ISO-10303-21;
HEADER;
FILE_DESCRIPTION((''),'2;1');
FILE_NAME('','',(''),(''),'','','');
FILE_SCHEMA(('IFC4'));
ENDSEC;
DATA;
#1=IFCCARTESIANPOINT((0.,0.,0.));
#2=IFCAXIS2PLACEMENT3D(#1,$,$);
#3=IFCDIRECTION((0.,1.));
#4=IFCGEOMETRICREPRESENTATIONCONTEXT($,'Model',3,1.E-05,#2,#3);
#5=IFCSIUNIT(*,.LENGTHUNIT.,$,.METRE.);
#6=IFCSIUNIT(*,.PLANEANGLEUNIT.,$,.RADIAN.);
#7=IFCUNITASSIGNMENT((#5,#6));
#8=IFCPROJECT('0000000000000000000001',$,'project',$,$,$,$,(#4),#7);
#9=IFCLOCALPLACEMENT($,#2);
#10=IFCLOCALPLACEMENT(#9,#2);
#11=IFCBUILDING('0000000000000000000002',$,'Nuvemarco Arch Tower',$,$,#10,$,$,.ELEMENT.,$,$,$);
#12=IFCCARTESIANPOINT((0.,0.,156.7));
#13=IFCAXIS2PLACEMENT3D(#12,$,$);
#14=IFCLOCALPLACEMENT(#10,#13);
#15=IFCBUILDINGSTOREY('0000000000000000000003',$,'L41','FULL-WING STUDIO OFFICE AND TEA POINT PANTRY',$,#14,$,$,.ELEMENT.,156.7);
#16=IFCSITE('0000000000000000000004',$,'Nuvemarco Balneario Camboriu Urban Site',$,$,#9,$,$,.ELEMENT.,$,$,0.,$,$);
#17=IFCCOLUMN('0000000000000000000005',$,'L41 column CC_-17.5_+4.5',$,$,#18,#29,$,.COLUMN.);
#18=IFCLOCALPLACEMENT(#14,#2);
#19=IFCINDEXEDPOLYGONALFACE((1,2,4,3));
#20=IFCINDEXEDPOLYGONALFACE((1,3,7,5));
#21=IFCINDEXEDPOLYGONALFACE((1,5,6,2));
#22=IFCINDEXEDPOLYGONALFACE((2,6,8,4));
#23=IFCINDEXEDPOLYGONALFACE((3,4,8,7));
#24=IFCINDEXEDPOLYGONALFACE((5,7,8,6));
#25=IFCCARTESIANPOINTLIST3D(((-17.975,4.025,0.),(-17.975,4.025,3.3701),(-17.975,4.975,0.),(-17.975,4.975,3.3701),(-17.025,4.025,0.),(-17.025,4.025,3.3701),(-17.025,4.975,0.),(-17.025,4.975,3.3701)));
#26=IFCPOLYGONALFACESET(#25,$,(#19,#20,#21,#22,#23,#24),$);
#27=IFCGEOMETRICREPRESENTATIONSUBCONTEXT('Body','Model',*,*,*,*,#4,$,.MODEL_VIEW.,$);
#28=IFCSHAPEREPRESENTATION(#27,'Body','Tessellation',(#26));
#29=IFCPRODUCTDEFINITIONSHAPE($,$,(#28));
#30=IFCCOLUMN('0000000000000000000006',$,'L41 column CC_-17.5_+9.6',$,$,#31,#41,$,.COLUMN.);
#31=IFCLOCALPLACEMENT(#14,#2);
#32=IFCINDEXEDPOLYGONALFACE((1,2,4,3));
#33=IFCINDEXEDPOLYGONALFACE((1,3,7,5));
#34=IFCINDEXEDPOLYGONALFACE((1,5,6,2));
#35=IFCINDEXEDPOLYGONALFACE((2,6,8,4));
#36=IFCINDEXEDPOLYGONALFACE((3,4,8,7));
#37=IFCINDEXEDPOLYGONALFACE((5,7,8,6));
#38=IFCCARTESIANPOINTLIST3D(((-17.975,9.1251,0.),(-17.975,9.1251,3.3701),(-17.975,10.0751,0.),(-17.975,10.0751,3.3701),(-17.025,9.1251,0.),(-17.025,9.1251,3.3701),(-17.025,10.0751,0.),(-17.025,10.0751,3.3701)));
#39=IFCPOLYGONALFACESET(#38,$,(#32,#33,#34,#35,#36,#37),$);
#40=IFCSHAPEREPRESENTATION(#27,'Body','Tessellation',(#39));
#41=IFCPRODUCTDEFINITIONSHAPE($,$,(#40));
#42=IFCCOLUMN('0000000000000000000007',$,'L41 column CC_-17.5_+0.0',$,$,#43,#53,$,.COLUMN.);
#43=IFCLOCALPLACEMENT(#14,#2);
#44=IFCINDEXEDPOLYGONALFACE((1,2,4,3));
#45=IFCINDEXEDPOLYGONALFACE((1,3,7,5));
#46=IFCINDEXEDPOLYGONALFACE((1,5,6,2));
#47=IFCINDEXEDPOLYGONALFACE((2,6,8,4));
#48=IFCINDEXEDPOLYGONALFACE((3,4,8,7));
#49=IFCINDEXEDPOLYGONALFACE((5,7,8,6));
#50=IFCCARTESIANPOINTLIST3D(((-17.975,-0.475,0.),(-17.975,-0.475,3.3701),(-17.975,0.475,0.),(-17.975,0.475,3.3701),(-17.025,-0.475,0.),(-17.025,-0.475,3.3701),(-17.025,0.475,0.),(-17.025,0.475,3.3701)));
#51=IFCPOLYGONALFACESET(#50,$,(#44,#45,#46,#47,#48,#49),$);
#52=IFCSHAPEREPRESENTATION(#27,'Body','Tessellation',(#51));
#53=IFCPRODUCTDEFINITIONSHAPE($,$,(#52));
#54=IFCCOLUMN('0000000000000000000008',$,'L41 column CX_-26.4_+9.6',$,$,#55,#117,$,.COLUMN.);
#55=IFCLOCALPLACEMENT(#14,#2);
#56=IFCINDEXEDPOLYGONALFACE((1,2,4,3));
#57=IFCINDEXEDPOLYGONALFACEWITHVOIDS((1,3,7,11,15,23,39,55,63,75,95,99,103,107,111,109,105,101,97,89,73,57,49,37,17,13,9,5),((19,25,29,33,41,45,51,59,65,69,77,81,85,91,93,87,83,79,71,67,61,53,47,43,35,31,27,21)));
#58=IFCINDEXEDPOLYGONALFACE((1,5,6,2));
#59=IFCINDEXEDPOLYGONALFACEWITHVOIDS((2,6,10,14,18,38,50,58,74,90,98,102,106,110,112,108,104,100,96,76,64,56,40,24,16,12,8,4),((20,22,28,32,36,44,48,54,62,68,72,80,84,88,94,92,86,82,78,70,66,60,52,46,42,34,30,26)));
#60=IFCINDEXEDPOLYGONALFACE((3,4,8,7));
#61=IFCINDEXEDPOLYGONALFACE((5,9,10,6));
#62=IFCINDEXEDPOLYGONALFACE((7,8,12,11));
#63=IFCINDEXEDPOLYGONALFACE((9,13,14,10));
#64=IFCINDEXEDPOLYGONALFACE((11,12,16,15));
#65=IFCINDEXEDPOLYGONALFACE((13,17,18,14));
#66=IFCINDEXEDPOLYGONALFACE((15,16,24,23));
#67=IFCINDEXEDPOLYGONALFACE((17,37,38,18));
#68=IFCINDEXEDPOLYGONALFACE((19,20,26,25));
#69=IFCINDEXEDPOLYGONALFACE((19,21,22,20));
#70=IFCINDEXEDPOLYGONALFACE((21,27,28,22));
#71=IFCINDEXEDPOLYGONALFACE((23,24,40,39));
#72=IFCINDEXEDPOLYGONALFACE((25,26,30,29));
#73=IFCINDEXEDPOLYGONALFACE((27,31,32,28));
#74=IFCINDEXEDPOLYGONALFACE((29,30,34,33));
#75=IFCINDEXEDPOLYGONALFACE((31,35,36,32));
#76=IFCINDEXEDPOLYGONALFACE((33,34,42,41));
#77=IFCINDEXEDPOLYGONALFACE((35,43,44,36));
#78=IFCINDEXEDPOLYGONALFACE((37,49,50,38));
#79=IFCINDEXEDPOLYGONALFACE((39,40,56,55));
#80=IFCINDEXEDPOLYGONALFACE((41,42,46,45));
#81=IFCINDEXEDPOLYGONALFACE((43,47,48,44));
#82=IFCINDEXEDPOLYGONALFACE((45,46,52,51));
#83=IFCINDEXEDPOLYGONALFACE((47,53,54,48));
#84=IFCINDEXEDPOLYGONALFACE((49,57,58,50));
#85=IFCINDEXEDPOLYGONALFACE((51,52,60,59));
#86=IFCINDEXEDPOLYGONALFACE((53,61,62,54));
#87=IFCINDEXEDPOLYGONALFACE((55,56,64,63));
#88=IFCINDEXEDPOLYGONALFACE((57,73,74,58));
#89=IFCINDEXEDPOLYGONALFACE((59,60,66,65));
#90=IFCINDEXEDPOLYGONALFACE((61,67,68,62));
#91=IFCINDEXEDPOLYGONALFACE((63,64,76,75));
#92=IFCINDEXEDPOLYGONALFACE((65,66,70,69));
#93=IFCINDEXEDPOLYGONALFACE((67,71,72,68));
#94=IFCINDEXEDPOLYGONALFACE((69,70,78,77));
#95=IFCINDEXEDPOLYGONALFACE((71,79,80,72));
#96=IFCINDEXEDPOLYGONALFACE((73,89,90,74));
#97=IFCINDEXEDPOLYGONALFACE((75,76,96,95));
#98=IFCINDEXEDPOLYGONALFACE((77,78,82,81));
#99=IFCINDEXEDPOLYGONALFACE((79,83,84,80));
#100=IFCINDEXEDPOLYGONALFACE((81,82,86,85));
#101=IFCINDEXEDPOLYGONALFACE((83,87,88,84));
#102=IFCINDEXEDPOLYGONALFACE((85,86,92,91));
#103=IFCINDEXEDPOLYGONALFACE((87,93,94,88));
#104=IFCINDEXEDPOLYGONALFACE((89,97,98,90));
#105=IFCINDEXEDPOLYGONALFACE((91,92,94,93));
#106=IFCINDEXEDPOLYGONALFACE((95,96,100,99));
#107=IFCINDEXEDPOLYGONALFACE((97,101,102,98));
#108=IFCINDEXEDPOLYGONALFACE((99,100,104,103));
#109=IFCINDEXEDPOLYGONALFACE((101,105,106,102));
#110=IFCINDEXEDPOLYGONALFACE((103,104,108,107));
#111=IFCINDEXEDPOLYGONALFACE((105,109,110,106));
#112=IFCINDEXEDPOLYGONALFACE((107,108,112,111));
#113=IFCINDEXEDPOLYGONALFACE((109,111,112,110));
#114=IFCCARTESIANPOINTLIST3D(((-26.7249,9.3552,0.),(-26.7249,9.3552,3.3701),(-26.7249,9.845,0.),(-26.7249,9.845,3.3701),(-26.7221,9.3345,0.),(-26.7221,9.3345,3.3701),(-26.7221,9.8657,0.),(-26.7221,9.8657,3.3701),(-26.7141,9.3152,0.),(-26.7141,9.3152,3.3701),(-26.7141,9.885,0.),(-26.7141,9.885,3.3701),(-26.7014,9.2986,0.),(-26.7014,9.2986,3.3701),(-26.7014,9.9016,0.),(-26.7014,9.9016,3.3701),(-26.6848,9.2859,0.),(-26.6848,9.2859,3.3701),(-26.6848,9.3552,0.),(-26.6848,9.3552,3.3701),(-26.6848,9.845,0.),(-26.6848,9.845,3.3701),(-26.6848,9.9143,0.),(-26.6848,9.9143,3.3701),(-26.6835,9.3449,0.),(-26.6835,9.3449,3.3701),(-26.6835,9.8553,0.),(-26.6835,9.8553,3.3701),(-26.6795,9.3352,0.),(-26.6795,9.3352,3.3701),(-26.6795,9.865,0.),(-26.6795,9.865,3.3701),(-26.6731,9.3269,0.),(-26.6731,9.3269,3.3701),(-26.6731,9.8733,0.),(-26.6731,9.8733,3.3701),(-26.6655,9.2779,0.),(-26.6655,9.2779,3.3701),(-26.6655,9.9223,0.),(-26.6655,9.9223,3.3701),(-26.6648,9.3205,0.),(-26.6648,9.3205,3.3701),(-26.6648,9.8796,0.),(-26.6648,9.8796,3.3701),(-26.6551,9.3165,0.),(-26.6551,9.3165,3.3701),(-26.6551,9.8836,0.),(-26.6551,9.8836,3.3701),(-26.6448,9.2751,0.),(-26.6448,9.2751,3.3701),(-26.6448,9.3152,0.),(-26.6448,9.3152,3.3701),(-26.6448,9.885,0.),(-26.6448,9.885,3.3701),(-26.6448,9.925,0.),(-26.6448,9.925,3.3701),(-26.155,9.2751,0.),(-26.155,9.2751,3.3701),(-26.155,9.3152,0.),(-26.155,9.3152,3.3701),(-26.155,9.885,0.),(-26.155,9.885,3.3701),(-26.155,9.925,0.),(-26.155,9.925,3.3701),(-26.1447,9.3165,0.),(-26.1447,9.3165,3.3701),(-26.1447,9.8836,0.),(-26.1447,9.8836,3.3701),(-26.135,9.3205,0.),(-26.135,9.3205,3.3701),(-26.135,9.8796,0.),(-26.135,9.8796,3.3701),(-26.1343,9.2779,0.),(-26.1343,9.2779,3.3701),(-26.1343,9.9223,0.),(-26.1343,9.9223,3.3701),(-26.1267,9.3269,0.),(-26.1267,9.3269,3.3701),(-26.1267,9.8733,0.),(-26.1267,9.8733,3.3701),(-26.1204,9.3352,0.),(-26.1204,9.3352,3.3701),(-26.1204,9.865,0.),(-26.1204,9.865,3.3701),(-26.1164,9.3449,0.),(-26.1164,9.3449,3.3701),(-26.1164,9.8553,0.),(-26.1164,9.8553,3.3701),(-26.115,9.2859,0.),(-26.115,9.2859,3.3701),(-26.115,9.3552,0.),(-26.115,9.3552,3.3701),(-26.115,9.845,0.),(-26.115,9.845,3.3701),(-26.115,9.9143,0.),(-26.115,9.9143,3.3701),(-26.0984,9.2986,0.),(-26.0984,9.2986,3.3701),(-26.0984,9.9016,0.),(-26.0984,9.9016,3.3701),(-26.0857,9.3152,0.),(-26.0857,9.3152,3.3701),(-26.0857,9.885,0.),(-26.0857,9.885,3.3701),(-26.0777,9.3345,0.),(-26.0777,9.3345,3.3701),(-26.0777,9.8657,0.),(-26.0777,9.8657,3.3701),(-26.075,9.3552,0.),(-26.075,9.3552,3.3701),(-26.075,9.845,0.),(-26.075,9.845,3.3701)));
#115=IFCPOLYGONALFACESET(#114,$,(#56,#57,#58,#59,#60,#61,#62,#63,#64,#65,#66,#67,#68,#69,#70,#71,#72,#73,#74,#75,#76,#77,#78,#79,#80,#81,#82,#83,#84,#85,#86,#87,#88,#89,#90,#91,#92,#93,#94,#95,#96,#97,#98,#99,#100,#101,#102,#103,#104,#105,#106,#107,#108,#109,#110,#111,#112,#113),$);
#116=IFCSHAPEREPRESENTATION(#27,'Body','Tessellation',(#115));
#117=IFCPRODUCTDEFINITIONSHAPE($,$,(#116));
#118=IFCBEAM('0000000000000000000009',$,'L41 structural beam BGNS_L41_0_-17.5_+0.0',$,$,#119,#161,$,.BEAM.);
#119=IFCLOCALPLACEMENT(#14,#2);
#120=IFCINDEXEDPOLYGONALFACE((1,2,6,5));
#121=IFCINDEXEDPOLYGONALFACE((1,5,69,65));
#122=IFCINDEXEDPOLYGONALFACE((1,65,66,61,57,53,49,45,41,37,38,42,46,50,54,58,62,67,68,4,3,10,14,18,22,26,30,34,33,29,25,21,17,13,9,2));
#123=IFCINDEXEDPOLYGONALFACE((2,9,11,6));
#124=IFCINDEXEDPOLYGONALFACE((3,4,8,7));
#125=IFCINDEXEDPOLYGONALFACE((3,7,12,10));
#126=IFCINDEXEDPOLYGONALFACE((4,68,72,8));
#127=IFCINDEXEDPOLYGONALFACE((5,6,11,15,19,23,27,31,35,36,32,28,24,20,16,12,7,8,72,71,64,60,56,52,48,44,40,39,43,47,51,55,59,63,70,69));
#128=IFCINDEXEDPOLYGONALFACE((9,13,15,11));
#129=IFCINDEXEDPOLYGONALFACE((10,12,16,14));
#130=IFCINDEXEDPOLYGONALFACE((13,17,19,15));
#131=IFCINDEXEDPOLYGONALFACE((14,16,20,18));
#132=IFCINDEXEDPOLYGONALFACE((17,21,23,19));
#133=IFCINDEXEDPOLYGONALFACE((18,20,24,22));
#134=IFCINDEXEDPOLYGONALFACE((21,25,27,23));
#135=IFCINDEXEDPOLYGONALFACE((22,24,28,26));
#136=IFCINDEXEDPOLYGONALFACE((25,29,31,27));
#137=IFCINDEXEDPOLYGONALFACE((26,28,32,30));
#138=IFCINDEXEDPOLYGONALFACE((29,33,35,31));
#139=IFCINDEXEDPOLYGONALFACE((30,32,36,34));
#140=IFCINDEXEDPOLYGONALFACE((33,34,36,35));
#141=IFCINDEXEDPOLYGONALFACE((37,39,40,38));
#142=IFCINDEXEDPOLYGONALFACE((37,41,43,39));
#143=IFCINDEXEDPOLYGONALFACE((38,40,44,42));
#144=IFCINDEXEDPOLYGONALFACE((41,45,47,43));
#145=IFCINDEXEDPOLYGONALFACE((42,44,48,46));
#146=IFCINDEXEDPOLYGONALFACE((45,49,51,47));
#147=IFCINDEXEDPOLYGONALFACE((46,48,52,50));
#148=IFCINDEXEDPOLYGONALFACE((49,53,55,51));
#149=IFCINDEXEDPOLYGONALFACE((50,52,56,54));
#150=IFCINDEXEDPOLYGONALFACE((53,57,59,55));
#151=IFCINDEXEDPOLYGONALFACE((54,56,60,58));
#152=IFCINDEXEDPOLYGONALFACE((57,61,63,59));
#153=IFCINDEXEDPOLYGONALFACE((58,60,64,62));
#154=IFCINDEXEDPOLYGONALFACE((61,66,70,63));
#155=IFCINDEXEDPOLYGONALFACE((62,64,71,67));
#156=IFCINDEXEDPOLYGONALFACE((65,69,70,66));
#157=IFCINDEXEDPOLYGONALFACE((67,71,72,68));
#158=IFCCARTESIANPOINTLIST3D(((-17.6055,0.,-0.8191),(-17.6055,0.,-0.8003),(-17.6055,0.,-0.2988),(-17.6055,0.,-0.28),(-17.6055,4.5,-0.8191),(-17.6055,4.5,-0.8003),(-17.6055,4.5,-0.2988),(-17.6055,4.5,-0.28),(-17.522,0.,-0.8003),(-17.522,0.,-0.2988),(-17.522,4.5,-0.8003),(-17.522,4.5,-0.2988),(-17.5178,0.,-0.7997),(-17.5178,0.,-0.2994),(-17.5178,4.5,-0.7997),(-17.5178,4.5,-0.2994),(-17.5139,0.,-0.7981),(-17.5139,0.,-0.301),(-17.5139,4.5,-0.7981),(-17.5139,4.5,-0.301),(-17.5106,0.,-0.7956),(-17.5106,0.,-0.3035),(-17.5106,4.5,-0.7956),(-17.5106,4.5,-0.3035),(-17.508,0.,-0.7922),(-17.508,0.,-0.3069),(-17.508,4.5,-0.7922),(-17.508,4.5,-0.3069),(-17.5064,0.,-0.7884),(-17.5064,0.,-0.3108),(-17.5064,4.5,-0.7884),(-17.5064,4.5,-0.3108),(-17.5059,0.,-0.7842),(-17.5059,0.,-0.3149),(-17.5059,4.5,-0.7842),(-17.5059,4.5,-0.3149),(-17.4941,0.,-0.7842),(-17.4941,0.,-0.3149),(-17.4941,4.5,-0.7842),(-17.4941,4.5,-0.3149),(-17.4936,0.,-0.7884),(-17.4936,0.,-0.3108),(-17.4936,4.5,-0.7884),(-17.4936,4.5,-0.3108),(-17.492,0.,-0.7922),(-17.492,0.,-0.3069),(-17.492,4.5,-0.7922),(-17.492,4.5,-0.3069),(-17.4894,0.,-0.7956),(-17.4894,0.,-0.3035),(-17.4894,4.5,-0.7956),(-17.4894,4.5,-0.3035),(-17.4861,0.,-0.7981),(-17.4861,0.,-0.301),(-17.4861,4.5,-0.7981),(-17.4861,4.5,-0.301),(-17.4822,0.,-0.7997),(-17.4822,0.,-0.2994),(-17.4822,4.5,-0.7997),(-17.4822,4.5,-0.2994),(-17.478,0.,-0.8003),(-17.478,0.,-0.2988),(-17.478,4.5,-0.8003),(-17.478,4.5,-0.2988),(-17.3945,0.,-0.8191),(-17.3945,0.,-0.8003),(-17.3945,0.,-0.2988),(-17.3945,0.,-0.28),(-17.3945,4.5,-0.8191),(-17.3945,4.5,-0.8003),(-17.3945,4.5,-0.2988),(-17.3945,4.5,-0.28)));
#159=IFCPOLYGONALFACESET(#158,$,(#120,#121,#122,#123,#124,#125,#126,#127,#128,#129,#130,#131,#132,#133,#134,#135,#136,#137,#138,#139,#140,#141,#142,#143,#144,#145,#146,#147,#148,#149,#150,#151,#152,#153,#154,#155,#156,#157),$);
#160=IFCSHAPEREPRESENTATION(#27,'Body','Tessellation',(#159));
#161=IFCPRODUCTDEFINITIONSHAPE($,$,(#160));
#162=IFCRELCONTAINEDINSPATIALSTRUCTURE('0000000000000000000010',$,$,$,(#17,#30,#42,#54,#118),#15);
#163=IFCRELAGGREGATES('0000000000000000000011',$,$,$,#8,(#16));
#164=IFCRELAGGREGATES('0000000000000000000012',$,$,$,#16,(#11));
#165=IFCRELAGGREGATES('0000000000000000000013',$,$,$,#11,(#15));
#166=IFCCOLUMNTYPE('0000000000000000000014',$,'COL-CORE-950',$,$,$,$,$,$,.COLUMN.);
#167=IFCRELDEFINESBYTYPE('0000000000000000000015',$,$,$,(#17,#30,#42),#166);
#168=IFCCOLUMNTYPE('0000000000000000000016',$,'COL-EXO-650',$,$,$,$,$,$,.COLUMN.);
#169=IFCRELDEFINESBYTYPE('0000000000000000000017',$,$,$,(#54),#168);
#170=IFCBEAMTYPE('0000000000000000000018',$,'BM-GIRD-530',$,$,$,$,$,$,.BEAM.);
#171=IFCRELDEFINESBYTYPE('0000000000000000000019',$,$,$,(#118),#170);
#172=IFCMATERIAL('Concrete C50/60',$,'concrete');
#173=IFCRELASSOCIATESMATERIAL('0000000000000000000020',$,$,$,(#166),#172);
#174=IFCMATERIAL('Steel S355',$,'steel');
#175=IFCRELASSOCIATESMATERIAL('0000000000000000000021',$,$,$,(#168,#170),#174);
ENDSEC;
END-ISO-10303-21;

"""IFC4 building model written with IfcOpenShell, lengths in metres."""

from ifc_helpers import new_model, si_unit, direction, frame, origin, origin_2d, place, context, subcontext, project, spatial, rectangle, hollow_rectangle, i_section, extrude, material, material_profile, profile_set, type_object, element, save


model = new_model("IFC4")

# Units and contexts
model_context = context("Model", 3, precision=1e-05, world=origin(), true_north=direction((0.0, 1.0)))
body_context = subcontext(model_context, "Body", "Model", "MODEL_VIEW")
ifc_project = project(units=[si_unit("LENGTHUNIT", "METRE"), si_unit("PLANEANGLEUNIT", "RADIAN")], contexts=[model_context])

# Site, building, storey
site_placement = place(None, origin())
site = spatial("IfcSite", under=ifc_project, at=site_placement, Name="Nuvemarco Balneario Camboriu Urban Site", CompositionType="ELEMENT", RefElevation=0.0)
building_placement = place(site_placement, origin())
building = spatial("IfcBuilding", under=site, at=building_placement, Name="Nuvemarco Arch Tower", CompositionType="ELEMENT")
storey_placement = place(building_placement, frame((0.0, 0.0, 156.7)))
storey = spatial("IfcBuildingStorey", under=building, at=storey_placement, Name="L41", Description="FULL-WING STUDIO OFFICE AND TEA POINT PANTRY", CompositionType="ELEMENT", Elevation=156.7)

# Columns
ifc_material_1 = material(Name="Concrete C50/60", Category="concrete")
ifc_material_profile_1 = material_profile(ifc_material_1, rectangle(XDim=0.95, YDim=0.95, at=origin_2d()), Name="RC-COL-950x950")
ifc_profile_set_1 = profile_set([ifc_material_profile_1], Name="Concrete C50/60")
column_type_1 = type_object("IfcColumnType", Name="COL-CORE-950", PredefinedType="COLUMN", material=ifc_profile_set_1)
for number, where, z_axis, x_axis, name in (
    (1, (-17.5, 4.5, 0.0), (0.0, 0.0, 1.0), (1.0, 0.0, 0.0), "L41 column CC_-17.5_+4.5"),
    (2, (-17.5, 9.6001, 0.0), (0.0, 0.0, 1.0), (1.0, 0.0, 0.0), "L41 column CC_-17.5_+9.6"),
    (3, (-17.5, 0.0, 0.0), (0.0, 0.0, 1.0), (1.0, 0.0, 0.0), "L41 column CC_-17.5_+0.0"),
):
    element("IfcColumn", number, at=place(storey_placement, frame(where, z_axis=z_axis, x_axis=x_axis)), inside=storey, type_object=column_type_1, Name=name, PredefinedType="COLUMN", context=body_context, shape_type="SweptSolid", body=[
        extrude(rectangle(XDim=0.95, YDim=0.95, at=origin_2d()), origin(), (0.0, 0.0, 1.0), 3.3701),
    ])
ifc_material_2 = material(Name="Steel S355", Category="steel")
ifc_material_profile_2 = material_profile(ifc_material_2, hollow_rectangle(XDim=0.6499, YDim=0.6499, WallThickness=0.04, InnerFilletRadius=0.04, OuterFilletRadius=0.0801, at=origin_2d()), Name="SHS650x650x40")
ifc_profile_set_2 = profile_set([ifc_material_profile_2], Name="Steel S355")
column_type_2 = type_object("IfcColumnType", Name="COL-EXO-650", PredefinedType="COLUMN", material=ifc_profile_set_2)
column_placement = place(storey_placement, frame((-26.3999, 9.6001, 0.0), z_axis=(0.0, 0.0, 1.0), x_axis=(1.0, 0.0, 0.0)))
element("IfcColumn", 4, at=column_placement, inside=storey, type_object=column_type_2, Name="L41 column CX_-26.4_+9.6", PredefinedType="COLUMN", context=body_context, shape_type="SweptSolid", body=[
    extrude(hollow_rectangle(XDim=0.6499, YDim=0.6499, WallThickness=0.04, InnerFilletRadius=0.04, OuterFilletRadius=0.0801, at=origin_2d()), origin(), (0.0, 0.0, 1.0), 3.3701),
])

# Beam
ifc_material_profile_3 = material_profile(ifc_material_2, i_section(OverallWidth=0.2109, OverallDepth=0.5391, WebThickness=0.0117, FlangeThickness=0.0188, FilletRadius=0.0161, at=origin_2d()), Name="W530x109")
ifc_profile_set_3 = profile_set([ifc_material_profile_3], Name="Steel S355")
beam_type_1 = type_object("IfcBeamType", Name="BM-GIRD-530", PredefinedType="BEAM", material=ifc_profile_set_3)
beam_1_placement = place(storey_placement, frame((-17.5, 0.0, -0.5496), z_axis=(0.0, 1.0, 0.0), x_axis=(-1.0, 0.0, 0.0)))
element("IfcBeam", 5, at=beam_1_placement, inside=storey, type_object=beam_type_1, Name="L41 structural beam BGNS_L41_0_-17.5_+0.0", PredefinedType="BEAM", context=body_context, shape_type="SweptSolid", body=[
    extrude(i_section(OverallWidth=0.2109, OverallDepth=0.5391, WebThickness=0.0117, FlangeThickness=0.0188, FilletRadius=0.0161, at=origin_2d()), origin(), (0.0, 0.0, 1.0), 4.5),
])

save(model, "model.ifc")
